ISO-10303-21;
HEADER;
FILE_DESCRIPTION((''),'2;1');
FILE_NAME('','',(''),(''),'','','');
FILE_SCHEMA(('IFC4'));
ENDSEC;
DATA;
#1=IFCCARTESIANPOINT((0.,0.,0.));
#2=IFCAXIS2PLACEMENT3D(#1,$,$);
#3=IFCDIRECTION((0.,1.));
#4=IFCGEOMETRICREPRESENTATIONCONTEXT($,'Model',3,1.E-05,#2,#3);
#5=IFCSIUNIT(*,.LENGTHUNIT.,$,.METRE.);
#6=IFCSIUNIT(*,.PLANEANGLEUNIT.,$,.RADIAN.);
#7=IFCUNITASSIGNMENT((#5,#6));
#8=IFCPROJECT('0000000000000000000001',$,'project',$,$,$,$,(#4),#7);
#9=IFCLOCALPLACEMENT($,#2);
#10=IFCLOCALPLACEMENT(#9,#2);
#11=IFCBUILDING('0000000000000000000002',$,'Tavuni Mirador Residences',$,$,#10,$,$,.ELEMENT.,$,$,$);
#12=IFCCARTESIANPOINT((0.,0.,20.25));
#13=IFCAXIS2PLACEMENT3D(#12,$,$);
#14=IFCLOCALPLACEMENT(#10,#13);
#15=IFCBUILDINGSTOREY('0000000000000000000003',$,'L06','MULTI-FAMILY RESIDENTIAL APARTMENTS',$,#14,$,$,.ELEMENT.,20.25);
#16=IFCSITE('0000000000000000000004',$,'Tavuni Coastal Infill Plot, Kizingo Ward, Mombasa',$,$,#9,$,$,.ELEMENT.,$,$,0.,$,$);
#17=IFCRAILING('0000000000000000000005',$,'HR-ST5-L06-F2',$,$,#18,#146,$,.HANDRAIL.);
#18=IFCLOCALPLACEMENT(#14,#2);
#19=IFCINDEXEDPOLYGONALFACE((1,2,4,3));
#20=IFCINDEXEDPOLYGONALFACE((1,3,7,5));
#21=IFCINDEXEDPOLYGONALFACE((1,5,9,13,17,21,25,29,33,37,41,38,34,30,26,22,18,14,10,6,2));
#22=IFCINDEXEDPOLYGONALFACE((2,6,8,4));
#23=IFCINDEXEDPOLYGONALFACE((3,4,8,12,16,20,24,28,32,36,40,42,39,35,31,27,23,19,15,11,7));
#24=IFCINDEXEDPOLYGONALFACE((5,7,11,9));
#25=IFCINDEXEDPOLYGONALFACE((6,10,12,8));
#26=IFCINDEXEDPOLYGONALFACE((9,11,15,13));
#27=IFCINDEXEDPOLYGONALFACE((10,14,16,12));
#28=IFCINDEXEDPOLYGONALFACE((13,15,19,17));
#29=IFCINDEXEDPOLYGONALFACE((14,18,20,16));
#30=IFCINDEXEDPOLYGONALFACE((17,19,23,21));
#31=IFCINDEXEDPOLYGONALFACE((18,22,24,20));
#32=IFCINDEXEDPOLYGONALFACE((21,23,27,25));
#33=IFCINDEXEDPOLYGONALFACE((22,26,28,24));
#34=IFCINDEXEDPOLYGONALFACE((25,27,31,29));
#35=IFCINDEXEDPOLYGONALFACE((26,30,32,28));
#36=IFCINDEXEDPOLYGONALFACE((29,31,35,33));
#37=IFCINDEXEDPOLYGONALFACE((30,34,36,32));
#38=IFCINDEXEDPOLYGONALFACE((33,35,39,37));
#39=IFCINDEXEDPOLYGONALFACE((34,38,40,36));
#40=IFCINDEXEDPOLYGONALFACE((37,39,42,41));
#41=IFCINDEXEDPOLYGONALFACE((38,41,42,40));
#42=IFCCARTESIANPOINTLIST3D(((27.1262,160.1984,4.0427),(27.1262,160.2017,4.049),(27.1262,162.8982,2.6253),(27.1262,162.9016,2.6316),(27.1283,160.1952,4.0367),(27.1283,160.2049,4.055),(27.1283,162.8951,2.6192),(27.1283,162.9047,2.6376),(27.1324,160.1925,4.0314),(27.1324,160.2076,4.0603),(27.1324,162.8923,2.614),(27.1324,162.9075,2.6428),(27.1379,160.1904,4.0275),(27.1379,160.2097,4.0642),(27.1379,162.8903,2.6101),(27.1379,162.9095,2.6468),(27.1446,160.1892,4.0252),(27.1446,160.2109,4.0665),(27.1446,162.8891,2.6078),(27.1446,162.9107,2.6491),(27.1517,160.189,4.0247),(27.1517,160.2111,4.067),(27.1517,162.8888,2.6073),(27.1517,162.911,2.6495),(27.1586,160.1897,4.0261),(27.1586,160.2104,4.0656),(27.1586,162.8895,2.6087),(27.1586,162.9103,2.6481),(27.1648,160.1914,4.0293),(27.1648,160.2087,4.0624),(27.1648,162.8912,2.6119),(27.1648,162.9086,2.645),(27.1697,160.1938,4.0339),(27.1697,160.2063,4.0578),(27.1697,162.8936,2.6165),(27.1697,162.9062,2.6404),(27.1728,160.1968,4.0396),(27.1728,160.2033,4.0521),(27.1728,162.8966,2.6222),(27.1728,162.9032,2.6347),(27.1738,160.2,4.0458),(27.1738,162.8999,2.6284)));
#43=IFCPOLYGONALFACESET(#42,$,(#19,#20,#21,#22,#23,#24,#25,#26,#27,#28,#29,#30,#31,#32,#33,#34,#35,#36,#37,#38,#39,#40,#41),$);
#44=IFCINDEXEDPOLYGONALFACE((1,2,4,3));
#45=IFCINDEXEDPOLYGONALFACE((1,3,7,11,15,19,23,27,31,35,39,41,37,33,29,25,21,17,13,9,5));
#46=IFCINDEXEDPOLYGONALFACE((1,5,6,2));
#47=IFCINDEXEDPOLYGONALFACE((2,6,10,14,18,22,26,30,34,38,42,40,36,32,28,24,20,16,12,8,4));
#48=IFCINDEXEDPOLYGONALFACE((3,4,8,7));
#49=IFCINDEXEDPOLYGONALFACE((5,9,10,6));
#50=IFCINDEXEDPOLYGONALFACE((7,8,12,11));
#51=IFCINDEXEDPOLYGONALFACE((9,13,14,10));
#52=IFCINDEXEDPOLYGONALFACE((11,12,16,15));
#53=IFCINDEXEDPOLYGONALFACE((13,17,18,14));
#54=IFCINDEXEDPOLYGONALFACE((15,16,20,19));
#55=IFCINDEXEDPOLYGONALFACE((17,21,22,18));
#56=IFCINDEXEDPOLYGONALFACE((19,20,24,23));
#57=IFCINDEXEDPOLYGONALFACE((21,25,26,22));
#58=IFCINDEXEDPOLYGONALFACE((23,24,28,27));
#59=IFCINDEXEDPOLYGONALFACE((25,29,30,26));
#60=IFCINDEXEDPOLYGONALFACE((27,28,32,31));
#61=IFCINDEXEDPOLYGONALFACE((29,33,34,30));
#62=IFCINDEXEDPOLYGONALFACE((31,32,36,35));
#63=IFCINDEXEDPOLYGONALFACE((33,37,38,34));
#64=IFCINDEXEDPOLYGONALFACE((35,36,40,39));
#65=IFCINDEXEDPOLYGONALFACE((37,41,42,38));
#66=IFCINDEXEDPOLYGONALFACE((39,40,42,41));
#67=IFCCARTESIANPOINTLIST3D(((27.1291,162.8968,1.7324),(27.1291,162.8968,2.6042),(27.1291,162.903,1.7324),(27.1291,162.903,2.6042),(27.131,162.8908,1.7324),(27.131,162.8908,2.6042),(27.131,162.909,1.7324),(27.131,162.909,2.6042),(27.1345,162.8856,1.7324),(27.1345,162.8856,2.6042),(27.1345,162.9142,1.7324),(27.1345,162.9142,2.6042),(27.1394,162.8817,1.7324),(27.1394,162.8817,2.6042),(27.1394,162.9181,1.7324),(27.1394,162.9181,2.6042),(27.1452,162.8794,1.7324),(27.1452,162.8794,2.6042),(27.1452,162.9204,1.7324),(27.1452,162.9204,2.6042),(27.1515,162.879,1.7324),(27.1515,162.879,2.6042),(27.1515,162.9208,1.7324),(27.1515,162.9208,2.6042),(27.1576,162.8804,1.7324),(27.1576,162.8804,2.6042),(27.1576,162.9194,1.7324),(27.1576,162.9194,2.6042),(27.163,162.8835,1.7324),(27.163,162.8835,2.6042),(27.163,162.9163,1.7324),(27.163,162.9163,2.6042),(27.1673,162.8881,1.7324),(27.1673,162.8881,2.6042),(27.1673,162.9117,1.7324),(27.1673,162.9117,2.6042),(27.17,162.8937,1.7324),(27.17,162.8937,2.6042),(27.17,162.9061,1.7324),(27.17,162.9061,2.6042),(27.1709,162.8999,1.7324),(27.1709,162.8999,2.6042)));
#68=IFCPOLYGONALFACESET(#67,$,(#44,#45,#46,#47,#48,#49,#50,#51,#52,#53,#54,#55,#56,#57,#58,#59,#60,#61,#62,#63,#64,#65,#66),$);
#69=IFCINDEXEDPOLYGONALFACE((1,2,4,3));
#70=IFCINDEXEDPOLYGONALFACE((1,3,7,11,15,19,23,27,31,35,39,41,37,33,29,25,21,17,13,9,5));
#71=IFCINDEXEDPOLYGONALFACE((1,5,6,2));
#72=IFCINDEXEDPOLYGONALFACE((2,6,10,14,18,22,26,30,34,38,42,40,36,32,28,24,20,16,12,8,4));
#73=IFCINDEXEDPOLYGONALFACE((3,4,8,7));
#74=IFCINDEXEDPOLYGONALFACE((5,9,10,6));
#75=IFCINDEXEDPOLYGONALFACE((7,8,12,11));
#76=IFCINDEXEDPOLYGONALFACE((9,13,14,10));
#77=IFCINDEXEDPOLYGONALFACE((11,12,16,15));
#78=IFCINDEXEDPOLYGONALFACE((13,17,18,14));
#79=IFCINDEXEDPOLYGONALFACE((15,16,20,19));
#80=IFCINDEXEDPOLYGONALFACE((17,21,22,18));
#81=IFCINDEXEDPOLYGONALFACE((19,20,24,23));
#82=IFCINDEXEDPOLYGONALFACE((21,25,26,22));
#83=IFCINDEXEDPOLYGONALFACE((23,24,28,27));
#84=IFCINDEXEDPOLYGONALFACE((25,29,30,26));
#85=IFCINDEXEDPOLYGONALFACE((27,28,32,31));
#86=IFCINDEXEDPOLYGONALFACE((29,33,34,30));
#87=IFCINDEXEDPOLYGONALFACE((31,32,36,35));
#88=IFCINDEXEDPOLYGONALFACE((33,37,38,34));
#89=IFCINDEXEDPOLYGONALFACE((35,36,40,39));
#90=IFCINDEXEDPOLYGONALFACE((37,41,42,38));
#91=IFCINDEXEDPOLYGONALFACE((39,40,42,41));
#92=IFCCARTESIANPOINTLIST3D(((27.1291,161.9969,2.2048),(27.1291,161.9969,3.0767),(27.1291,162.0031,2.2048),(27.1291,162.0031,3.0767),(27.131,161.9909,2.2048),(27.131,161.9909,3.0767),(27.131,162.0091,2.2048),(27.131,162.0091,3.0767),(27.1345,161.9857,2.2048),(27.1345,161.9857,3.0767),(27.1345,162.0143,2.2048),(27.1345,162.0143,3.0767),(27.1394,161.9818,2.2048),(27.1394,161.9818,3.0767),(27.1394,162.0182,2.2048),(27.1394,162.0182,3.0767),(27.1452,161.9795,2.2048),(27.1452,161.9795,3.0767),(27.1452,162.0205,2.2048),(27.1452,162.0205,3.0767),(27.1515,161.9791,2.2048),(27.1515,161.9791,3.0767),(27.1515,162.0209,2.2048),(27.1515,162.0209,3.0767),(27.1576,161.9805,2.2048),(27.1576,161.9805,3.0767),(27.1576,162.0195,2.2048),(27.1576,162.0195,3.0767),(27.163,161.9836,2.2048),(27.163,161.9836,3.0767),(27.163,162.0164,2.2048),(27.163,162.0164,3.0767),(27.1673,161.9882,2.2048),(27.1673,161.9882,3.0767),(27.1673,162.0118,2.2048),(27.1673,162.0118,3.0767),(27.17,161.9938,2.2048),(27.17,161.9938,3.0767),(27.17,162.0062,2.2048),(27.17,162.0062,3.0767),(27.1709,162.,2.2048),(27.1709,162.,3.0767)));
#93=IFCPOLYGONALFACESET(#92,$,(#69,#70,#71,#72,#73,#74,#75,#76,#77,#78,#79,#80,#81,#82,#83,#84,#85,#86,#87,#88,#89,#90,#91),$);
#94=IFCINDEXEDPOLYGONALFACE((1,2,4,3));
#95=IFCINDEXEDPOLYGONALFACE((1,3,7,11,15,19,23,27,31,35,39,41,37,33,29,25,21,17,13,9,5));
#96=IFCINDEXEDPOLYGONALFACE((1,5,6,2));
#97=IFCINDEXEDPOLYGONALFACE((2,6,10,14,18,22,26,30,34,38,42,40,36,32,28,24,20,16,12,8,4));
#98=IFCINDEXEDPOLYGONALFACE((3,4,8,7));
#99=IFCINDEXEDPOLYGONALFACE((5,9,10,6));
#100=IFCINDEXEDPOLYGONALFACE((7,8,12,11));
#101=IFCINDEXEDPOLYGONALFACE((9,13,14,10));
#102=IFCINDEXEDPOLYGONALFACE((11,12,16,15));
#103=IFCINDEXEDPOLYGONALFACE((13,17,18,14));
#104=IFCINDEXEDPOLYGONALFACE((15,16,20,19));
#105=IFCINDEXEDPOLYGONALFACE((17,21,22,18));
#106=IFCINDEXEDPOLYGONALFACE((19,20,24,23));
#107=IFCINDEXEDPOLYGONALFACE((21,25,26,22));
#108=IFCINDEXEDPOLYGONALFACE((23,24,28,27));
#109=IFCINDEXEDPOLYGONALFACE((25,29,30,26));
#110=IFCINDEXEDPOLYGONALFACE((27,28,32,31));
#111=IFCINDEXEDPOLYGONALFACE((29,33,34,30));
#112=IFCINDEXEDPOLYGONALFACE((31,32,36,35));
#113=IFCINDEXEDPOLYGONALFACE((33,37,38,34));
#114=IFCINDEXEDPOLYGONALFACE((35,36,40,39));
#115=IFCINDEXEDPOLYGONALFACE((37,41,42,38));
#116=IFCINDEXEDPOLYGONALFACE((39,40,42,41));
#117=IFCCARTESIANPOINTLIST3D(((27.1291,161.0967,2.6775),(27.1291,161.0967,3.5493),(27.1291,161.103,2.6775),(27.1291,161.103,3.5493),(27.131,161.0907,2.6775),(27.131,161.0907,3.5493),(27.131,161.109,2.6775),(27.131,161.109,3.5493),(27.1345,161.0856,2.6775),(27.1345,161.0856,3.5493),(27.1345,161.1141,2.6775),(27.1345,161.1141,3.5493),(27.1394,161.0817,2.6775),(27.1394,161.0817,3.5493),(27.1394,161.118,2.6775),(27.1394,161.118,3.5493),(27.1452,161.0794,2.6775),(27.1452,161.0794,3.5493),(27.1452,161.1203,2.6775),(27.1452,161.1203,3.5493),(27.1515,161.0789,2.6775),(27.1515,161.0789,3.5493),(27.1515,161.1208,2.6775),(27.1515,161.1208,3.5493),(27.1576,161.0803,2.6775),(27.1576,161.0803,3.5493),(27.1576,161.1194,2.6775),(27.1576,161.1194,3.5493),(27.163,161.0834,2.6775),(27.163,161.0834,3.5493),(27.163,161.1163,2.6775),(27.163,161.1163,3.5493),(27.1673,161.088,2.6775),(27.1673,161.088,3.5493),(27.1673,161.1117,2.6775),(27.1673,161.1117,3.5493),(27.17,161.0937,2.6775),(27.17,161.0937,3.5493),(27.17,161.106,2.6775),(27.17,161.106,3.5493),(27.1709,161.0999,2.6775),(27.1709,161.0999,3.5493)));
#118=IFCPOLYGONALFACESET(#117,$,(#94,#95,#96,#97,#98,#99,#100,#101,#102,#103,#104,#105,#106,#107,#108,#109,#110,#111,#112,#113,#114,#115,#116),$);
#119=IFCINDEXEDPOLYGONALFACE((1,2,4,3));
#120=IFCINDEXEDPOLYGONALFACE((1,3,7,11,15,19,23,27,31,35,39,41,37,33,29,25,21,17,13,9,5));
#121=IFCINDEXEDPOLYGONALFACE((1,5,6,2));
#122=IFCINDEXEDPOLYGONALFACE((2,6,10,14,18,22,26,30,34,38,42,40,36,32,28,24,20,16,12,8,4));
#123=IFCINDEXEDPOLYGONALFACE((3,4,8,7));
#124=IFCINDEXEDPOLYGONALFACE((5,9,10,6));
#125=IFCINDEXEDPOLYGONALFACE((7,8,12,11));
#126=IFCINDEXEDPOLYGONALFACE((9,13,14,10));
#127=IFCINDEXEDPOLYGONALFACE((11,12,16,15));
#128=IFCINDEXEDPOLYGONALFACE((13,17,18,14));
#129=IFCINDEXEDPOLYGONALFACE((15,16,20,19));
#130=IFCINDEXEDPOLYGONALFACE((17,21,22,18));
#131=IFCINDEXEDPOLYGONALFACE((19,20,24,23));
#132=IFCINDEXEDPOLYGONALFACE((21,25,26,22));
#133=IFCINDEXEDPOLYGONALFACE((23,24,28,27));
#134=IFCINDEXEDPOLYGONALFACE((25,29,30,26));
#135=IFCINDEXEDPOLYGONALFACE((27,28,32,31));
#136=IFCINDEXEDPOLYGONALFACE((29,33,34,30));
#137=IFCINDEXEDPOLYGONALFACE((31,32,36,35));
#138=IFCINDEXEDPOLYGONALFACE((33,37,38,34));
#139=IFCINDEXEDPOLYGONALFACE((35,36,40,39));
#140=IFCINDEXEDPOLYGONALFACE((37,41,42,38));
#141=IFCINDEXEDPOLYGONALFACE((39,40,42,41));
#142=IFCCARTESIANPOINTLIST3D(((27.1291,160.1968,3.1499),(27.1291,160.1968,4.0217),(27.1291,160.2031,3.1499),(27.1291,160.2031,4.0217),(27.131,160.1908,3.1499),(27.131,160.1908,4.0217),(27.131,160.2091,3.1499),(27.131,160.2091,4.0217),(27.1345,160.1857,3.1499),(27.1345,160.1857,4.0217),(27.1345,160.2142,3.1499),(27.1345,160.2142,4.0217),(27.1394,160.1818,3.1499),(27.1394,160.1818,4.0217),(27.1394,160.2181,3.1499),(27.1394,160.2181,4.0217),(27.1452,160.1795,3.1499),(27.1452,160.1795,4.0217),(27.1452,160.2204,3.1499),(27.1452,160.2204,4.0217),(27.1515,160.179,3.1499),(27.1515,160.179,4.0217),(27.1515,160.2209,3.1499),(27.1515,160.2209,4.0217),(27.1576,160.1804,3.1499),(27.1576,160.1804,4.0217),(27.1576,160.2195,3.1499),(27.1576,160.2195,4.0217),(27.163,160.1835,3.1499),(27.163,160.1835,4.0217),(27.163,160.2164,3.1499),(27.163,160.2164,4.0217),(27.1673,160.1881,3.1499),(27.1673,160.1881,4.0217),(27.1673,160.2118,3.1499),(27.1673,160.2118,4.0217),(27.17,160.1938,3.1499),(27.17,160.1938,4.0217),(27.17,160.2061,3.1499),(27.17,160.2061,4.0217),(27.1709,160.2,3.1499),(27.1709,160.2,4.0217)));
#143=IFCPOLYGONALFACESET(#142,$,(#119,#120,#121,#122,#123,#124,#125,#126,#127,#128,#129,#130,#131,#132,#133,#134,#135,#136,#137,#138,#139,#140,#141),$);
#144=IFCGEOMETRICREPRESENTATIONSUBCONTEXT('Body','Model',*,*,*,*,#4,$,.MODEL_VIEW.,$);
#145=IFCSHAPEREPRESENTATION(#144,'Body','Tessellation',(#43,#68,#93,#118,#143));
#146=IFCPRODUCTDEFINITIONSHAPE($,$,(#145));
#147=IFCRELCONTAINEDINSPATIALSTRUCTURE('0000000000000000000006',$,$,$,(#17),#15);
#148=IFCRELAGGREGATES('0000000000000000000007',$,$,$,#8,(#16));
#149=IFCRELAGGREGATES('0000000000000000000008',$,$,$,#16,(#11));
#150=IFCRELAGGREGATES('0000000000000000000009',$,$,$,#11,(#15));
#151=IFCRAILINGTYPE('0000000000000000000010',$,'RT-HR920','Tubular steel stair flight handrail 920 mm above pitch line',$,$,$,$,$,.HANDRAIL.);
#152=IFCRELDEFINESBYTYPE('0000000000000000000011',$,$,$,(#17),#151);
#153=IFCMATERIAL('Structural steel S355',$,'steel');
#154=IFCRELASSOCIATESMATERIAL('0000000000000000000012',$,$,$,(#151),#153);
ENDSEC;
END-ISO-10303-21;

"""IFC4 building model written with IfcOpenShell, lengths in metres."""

from ifc_helpers import new_model, si_unit, direction, frame, origin, origin_2d, place, context, subcontext, project, spatial, circle, extrude, material, type_object, element, save


model = new_model("IFC4")

# Units and contexts
model_context = context("Model", 3, precision=1e-05, world=origin(), true_north=direction((0.0, 1.0)))
body_context = subcontext(model_context, "Body", "Model", "MODEL_VIEW")
ifc_project = project(units=[si_unit("LENGTHUNIT", "METRE"), si_unit("PLANEANGLEUNIT", "RADIAN")], contexts=[model_context])

# Site, building, storey
site_placement = place(None, origin())
site = spatial("IfcSite", under=ifc_project, at=site_placement, Name="Tavuni Coastal Infill Plot, Kizingo Ward, Mombasa", CompositionType="ELEMENT", RefElevation=0.0)
building_placement = place(site_placement, origin())
building = spatial("IfcBuilding", under=site, at=building_placement, Name="Tavuni Mirador Residences", CompositionType="ELEMENT")
storey_placement = place(building_placement, frame((0.0, 0.0, 20.25)))
storey = spatial("IfcBuildingStorey", under=building, at=storey_placement, Name="L06", Description="MULTI-FAMILY RESIDENTIAL APARTMENTS", CompositionType="ELEMENT", Elevation=20.25)

# Shared definitions
ifc_material_1 = material(Name="Structural steel S355", Category="steel")

# Railing
railing_type_1 = type_object("IfcRailingType", Name="RT-HR920", Description="Tubular steel stair flight handrail 920 mm above pitch line", PredefinedType="HANDRAIL", material=ifc_material_1)
railing_1_placement = place(storey_placement, frame((27.1499, 162.8999, 1.7324)))
element("IfcRailing", 1, at=railing_1_placement, inside=storey, type_object=railing_type_1, Name="HR-ST5-L06-F2", PredefinedType="HANDRAIL", context=body_context, shape_type="SweptSolid", body=[
    extrude(circle(Radius=0.0239, at=origin_2d()), frame((0.0, 0.0, 0.896), z_axis=(0.0, -0.885397, 0.464835), x_axis=(1.0, 0.0, 0.0)), (0.0, 0.0, 1.0), 3.0493),
    extrude(circle(Radius=0.021, at=origin_2d()), origin(), (0.0, 0.0, 1.0), 0.8718),
    extrude(circle(Radius=0.021, at=origin_2d()), frame((0.0, -0.8999, 0.4724)), (0.0, 0.0, 1.0), 0.8718),
    extrude(circle(Radius=0.021, at=origin_2d()), frame((0.0, -1.8, 0.9451)), (0.0, 0.0, 1.0), 0.8718),
    extrude(circle(Radius=0.021, at=origin_2d()), frame((0.0, -2.7, 1.4175)), (0.0, 0.0, 1.0), 0.8718),
])

save(model, "model.ifc")
